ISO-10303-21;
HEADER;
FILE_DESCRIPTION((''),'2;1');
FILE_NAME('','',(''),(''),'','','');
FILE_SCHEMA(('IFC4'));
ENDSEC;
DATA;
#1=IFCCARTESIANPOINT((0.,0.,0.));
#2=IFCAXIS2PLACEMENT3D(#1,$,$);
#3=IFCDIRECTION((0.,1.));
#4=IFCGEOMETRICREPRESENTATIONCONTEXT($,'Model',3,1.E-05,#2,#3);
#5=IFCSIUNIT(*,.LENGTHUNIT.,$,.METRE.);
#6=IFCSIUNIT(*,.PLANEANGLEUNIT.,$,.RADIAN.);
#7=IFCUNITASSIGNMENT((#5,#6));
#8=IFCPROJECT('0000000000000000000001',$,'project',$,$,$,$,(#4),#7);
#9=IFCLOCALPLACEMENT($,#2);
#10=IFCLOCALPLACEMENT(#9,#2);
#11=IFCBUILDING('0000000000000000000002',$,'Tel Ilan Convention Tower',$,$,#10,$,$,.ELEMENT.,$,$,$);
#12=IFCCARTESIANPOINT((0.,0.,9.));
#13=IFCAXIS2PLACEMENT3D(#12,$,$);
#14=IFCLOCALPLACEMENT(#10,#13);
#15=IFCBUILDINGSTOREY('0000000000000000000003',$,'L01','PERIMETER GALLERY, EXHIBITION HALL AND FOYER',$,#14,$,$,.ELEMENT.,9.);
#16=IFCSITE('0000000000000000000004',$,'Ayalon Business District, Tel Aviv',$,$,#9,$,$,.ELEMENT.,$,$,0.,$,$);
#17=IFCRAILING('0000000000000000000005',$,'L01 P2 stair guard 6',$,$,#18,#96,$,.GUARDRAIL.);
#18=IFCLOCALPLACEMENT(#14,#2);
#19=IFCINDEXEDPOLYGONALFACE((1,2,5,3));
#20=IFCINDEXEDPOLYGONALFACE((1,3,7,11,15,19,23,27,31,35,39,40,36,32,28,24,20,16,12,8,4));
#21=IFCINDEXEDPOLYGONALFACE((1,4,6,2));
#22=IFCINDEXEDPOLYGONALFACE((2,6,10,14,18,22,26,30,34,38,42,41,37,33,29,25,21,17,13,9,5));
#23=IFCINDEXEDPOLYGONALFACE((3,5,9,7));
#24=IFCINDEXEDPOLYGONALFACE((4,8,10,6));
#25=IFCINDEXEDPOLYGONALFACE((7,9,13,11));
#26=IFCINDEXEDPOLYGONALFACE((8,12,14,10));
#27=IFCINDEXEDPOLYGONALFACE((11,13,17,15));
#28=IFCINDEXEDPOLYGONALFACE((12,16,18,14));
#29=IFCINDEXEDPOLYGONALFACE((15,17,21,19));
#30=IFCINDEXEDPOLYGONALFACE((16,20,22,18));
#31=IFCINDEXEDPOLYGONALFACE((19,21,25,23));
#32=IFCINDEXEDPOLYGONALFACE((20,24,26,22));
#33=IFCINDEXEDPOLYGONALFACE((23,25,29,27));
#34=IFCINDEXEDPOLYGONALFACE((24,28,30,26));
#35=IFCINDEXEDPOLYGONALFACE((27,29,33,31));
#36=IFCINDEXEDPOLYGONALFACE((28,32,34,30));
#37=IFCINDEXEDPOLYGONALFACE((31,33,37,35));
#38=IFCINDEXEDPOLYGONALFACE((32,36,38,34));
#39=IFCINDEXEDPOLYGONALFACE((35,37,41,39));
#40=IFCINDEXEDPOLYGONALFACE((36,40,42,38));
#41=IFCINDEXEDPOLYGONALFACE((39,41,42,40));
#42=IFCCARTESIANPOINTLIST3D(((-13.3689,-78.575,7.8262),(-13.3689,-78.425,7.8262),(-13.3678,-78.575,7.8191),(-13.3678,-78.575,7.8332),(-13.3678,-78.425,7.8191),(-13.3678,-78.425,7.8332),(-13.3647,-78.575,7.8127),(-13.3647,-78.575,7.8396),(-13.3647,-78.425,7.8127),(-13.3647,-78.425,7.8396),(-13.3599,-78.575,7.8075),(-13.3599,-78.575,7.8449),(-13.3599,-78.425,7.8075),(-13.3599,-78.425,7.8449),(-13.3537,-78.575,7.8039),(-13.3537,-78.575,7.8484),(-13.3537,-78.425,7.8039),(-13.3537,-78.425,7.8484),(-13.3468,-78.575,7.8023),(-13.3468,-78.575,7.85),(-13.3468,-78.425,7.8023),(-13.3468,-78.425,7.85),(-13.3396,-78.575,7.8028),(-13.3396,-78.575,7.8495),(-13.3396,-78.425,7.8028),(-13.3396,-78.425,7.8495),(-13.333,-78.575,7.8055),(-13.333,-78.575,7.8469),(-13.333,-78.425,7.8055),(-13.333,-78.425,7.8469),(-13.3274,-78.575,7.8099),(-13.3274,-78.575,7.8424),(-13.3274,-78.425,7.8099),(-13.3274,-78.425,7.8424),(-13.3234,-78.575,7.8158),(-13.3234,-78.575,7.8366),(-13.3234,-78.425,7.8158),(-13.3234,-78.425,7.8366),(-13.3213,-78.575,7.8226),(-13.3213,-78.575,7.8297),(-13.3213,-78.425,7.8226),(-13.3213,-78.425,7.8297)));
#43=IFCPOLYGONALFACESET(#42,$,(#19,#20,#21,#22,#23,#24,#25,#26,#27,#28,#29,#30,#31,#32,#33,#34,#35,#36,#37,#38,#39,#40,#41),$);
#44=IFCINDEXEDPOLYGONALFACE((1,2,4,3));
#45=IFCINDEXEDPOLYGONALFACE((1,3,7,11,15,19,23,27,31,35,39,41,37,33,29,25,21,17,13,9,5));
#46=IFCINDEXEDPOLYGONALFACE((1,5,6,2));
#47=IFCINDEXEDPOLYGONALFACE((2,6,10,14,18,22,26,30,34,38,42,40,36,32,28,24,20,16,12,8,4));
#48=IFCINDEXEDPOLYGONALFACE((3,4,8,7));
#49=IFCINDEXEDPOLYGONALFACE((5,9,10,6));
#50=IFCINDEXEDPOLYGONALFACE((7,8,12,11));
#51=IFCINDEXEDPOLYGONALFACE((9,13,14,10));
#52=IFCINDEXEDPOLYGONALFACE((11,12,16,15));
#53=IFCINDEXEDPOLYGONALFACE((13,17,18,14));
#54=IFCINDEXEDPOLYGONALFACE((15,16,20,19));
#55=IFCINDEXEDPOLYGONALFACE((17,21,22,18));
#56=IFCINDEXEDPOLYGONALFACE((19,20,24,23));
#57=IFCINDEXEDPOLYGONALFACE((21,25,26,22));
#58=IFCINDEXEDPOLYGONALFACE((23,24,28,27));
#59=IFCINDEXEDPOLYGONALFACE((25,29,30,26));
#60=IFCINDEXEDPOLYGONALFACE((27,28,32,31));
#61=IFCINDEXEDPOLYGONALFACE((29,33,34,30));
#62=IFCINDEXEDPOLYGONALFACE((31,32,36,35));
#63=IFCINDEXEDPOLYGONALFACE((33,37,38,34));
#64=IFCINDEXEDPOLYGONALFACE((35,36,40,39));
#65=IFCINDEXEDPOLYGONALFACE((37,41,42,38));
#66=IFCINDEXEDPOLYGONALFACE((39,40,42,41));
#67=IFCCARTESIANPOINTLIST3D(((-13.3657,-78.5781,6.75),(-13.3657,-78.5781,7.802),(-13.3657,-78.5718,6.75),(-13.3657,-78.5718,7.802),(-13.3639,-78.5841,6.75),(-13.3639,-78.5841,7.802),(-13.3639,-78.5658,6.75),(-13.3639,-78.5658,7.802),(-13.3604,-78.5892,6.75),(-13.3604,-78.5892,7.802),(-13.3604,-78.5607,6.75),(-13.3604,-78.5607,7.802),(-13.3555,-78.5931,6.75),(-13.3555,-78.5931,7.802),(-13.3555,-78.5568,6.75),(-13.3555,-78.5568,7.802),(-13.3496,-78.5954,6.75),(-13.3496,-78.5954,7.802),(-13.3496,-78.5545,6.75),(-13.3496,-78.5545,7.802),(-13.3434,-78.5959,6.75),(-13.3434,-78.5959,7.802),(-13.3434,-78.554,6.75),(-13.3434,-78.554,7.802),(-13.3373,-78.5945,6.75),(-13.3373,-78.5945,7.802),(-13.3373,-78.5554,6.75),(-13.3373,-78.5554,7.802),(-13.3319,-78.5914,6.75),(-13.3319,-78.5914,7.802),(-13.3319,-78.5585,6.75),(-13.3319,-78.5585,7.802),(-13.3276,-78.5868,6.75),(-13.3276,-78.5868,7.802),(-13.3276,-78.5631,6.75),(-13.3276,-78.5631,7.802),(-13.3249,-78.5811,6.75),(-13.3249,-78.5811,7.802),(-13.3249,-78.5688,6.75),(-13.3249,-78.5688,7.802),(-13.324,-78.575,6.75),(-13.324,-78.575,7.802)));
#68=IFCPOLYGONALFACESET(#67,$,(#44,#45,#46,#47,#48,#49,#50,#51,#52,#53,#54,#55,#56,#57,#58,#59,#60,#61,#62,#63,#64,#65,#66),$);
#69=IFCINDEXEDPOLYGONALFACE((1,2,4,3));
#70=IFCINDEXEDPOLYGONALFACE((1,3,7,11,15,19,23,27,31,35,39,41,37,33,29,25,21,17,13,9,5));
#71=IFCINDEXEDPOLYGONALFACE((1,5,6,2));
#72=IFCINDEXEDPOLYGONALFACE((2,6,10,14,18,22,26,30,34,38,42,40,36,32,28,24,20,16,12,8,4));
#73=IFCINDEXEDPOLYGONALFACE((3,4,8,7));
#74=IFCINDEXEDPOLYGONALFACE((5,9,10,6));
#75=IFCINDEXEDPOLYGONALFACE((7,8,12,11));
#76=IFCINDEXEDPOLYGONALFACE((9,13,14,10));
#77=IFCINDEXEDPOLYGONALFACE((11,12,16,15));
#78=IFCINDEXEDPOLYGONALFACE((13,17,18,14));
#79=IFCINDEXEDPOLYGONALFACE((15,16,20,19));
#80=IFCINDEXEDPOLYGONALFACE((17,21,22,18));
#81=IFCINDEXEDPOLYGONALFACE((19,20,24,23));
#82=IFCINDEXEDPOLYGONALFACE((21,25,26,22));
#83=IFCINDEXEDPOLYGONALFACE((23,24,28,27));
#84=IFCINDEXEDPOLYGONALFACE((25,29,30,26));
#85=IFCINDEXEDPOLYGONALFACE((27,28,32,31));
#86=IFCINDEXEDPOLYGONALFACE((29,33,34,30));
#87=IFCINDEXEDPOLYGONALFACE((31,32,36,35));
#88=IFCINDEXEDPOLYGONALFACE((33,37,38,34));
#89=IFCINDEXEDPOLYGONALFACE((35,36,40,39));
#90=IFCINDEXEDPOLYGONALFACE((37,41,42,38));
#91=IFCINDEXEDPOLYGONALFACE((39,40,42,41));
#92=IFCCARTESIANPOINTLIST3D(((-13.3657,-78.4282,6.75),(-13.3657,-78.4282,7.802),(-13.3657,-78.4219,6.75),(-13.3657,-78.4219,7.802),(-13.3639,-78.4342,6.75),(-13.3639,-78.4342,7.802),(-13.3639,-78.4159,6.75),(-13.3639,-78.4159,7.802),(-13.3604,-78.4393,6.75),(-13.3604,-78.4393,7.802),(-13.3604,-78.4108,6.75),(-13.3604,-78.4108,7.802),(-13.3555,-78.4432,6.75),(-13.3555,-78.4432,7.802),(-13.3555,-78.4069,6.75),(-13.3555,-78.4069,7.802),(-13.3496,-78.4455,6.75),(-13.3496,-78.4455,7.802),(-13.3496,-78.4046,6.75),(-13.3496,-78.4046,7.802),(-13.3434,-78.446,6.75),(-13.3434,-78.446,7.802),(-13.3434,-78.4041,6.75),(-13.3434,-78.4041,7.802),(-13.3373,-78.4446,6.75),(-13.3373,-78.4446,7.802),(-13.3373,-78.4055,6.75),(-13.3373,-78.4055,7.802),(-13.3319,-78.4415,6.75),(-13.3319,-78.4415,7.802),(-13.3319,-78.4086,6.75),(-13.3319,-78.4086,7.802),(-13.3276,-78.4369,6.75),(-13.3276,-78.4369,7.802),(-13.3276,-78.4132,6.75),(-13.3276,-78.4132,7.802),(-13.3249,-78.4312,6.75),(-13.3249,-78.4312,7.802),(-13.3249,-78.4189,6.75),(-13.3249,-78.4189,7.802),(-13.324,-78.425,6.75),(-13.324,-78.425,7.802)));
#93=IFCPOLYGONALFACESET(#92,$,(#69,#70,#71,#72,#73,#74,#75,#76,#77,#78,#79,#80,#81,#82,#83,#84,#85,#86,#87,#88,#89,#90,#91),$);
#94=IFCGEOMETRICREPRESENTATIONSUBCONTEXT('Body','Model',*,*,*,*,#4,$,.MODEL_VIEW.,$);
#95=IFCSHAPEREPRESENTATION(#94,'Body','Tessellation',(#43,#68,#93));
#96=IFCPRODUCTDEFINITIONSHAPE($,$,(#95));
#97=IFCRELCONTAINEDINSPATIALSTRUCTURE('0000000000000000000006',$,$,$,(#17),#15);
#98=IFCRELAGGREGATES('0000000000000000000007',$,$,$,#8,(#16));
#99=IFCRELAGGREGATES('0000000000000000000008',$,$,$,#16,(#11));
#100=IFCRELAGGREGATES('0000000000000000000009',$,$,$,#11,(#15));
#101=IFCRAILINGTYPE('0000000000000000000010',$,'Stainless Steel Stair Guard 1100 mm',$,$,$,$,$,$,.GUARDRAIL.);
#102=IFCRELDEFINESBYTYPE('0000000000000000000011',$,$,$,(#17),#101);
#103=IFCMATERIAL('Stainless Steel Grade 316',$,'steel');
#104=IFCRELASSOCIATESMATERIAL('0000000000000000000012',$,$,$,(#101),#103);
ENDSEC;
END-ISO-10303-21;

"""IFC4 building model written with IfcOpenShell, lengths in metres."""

from ifc_helpers import new_model, si_unit, direction, frame, origin, origin_2d, place, context, subcontext, project, spatial, circle, extrude, material, type_object, element, save


model = new_model("IFC4")

# Units and contexts
model_context = context("Model", 3, precision=1e-05, world=origin(), true_north=direction((0.0, 1.0)))
body_context = subcontext(model_context, "Body", "Model", "MODEL_VIEW")
ifc_project = project(units=[si_unit("LENGTHUNIT", "METRE"), si_unit("PLANEANGLEUNIT", "RADIAN")], contexts=[model_context])

# Site, building, storey
site_placement = place(None, origin())
site = spatial("IfcSite", under=ifc_project, at=site_placement, Name="Ayalon Business District, Tel Aviv", CompositionType="ELEMENT", RefElevation=0.0)
building_placement = place(site_placement, origin())
building = spatial("IfcBuilding", under=site, at=building_placement, Name="Tel Ilan Convention Tower", CompositionType="ELEMENT")
storey_placement = place(building_placement, frame((0.0, 0.0, 9.0)))
storey = spatial("IfcBuildingStorey", under=building, at=storey_placement, Name="L01", Description="PERIMETER GALLERY, EXHIBITION HALL AND FOYER", CompositionType="ELEMENT", Elevation=9.0)

# Railing
ifc_material_1 = material(Name="Stainless Steel Grade 316", Category="steel")
railing_type_1 = type_object("IfcRailingType", Name="Stainless Steel Stair Guard 1100 mm", PredefinedType="GUARDRAIL", material=ifc_material_1)
railing_1_placement = place(storey_placement, frame((-13.345, -78.575, 6.75)))
element("IfcRailing", 1, at=railing_1_placement, inside=storey, type_object=railing_type_1, Name="L01 P2 stair guard 6", PredefinedType="GUARDRAIL", context=body_context, shape_type="SweptSolid", body=[
    extrude(circle(Radius=0.0239, at=origin_2d()), frame((0.0, 0.0, 1.0762), z_axis=(0.0, 1.0, 0.0), x_axis=(-1.0, 0.0, 0.0)), (0.0, 0.0, 1.0), 0.1499),
    extrude(circle(Radius=0.021, at=origin_2d()), origin(), (0.0, 0.0, 1.0), 1.052),
    extrude(circle(Radius=0.021, at=origin_2d()), frame((0.0, 0.1499, 0.0)), (0.0, 0.0, 1.0), 1.052),
])

save(model, "model.ifc")
